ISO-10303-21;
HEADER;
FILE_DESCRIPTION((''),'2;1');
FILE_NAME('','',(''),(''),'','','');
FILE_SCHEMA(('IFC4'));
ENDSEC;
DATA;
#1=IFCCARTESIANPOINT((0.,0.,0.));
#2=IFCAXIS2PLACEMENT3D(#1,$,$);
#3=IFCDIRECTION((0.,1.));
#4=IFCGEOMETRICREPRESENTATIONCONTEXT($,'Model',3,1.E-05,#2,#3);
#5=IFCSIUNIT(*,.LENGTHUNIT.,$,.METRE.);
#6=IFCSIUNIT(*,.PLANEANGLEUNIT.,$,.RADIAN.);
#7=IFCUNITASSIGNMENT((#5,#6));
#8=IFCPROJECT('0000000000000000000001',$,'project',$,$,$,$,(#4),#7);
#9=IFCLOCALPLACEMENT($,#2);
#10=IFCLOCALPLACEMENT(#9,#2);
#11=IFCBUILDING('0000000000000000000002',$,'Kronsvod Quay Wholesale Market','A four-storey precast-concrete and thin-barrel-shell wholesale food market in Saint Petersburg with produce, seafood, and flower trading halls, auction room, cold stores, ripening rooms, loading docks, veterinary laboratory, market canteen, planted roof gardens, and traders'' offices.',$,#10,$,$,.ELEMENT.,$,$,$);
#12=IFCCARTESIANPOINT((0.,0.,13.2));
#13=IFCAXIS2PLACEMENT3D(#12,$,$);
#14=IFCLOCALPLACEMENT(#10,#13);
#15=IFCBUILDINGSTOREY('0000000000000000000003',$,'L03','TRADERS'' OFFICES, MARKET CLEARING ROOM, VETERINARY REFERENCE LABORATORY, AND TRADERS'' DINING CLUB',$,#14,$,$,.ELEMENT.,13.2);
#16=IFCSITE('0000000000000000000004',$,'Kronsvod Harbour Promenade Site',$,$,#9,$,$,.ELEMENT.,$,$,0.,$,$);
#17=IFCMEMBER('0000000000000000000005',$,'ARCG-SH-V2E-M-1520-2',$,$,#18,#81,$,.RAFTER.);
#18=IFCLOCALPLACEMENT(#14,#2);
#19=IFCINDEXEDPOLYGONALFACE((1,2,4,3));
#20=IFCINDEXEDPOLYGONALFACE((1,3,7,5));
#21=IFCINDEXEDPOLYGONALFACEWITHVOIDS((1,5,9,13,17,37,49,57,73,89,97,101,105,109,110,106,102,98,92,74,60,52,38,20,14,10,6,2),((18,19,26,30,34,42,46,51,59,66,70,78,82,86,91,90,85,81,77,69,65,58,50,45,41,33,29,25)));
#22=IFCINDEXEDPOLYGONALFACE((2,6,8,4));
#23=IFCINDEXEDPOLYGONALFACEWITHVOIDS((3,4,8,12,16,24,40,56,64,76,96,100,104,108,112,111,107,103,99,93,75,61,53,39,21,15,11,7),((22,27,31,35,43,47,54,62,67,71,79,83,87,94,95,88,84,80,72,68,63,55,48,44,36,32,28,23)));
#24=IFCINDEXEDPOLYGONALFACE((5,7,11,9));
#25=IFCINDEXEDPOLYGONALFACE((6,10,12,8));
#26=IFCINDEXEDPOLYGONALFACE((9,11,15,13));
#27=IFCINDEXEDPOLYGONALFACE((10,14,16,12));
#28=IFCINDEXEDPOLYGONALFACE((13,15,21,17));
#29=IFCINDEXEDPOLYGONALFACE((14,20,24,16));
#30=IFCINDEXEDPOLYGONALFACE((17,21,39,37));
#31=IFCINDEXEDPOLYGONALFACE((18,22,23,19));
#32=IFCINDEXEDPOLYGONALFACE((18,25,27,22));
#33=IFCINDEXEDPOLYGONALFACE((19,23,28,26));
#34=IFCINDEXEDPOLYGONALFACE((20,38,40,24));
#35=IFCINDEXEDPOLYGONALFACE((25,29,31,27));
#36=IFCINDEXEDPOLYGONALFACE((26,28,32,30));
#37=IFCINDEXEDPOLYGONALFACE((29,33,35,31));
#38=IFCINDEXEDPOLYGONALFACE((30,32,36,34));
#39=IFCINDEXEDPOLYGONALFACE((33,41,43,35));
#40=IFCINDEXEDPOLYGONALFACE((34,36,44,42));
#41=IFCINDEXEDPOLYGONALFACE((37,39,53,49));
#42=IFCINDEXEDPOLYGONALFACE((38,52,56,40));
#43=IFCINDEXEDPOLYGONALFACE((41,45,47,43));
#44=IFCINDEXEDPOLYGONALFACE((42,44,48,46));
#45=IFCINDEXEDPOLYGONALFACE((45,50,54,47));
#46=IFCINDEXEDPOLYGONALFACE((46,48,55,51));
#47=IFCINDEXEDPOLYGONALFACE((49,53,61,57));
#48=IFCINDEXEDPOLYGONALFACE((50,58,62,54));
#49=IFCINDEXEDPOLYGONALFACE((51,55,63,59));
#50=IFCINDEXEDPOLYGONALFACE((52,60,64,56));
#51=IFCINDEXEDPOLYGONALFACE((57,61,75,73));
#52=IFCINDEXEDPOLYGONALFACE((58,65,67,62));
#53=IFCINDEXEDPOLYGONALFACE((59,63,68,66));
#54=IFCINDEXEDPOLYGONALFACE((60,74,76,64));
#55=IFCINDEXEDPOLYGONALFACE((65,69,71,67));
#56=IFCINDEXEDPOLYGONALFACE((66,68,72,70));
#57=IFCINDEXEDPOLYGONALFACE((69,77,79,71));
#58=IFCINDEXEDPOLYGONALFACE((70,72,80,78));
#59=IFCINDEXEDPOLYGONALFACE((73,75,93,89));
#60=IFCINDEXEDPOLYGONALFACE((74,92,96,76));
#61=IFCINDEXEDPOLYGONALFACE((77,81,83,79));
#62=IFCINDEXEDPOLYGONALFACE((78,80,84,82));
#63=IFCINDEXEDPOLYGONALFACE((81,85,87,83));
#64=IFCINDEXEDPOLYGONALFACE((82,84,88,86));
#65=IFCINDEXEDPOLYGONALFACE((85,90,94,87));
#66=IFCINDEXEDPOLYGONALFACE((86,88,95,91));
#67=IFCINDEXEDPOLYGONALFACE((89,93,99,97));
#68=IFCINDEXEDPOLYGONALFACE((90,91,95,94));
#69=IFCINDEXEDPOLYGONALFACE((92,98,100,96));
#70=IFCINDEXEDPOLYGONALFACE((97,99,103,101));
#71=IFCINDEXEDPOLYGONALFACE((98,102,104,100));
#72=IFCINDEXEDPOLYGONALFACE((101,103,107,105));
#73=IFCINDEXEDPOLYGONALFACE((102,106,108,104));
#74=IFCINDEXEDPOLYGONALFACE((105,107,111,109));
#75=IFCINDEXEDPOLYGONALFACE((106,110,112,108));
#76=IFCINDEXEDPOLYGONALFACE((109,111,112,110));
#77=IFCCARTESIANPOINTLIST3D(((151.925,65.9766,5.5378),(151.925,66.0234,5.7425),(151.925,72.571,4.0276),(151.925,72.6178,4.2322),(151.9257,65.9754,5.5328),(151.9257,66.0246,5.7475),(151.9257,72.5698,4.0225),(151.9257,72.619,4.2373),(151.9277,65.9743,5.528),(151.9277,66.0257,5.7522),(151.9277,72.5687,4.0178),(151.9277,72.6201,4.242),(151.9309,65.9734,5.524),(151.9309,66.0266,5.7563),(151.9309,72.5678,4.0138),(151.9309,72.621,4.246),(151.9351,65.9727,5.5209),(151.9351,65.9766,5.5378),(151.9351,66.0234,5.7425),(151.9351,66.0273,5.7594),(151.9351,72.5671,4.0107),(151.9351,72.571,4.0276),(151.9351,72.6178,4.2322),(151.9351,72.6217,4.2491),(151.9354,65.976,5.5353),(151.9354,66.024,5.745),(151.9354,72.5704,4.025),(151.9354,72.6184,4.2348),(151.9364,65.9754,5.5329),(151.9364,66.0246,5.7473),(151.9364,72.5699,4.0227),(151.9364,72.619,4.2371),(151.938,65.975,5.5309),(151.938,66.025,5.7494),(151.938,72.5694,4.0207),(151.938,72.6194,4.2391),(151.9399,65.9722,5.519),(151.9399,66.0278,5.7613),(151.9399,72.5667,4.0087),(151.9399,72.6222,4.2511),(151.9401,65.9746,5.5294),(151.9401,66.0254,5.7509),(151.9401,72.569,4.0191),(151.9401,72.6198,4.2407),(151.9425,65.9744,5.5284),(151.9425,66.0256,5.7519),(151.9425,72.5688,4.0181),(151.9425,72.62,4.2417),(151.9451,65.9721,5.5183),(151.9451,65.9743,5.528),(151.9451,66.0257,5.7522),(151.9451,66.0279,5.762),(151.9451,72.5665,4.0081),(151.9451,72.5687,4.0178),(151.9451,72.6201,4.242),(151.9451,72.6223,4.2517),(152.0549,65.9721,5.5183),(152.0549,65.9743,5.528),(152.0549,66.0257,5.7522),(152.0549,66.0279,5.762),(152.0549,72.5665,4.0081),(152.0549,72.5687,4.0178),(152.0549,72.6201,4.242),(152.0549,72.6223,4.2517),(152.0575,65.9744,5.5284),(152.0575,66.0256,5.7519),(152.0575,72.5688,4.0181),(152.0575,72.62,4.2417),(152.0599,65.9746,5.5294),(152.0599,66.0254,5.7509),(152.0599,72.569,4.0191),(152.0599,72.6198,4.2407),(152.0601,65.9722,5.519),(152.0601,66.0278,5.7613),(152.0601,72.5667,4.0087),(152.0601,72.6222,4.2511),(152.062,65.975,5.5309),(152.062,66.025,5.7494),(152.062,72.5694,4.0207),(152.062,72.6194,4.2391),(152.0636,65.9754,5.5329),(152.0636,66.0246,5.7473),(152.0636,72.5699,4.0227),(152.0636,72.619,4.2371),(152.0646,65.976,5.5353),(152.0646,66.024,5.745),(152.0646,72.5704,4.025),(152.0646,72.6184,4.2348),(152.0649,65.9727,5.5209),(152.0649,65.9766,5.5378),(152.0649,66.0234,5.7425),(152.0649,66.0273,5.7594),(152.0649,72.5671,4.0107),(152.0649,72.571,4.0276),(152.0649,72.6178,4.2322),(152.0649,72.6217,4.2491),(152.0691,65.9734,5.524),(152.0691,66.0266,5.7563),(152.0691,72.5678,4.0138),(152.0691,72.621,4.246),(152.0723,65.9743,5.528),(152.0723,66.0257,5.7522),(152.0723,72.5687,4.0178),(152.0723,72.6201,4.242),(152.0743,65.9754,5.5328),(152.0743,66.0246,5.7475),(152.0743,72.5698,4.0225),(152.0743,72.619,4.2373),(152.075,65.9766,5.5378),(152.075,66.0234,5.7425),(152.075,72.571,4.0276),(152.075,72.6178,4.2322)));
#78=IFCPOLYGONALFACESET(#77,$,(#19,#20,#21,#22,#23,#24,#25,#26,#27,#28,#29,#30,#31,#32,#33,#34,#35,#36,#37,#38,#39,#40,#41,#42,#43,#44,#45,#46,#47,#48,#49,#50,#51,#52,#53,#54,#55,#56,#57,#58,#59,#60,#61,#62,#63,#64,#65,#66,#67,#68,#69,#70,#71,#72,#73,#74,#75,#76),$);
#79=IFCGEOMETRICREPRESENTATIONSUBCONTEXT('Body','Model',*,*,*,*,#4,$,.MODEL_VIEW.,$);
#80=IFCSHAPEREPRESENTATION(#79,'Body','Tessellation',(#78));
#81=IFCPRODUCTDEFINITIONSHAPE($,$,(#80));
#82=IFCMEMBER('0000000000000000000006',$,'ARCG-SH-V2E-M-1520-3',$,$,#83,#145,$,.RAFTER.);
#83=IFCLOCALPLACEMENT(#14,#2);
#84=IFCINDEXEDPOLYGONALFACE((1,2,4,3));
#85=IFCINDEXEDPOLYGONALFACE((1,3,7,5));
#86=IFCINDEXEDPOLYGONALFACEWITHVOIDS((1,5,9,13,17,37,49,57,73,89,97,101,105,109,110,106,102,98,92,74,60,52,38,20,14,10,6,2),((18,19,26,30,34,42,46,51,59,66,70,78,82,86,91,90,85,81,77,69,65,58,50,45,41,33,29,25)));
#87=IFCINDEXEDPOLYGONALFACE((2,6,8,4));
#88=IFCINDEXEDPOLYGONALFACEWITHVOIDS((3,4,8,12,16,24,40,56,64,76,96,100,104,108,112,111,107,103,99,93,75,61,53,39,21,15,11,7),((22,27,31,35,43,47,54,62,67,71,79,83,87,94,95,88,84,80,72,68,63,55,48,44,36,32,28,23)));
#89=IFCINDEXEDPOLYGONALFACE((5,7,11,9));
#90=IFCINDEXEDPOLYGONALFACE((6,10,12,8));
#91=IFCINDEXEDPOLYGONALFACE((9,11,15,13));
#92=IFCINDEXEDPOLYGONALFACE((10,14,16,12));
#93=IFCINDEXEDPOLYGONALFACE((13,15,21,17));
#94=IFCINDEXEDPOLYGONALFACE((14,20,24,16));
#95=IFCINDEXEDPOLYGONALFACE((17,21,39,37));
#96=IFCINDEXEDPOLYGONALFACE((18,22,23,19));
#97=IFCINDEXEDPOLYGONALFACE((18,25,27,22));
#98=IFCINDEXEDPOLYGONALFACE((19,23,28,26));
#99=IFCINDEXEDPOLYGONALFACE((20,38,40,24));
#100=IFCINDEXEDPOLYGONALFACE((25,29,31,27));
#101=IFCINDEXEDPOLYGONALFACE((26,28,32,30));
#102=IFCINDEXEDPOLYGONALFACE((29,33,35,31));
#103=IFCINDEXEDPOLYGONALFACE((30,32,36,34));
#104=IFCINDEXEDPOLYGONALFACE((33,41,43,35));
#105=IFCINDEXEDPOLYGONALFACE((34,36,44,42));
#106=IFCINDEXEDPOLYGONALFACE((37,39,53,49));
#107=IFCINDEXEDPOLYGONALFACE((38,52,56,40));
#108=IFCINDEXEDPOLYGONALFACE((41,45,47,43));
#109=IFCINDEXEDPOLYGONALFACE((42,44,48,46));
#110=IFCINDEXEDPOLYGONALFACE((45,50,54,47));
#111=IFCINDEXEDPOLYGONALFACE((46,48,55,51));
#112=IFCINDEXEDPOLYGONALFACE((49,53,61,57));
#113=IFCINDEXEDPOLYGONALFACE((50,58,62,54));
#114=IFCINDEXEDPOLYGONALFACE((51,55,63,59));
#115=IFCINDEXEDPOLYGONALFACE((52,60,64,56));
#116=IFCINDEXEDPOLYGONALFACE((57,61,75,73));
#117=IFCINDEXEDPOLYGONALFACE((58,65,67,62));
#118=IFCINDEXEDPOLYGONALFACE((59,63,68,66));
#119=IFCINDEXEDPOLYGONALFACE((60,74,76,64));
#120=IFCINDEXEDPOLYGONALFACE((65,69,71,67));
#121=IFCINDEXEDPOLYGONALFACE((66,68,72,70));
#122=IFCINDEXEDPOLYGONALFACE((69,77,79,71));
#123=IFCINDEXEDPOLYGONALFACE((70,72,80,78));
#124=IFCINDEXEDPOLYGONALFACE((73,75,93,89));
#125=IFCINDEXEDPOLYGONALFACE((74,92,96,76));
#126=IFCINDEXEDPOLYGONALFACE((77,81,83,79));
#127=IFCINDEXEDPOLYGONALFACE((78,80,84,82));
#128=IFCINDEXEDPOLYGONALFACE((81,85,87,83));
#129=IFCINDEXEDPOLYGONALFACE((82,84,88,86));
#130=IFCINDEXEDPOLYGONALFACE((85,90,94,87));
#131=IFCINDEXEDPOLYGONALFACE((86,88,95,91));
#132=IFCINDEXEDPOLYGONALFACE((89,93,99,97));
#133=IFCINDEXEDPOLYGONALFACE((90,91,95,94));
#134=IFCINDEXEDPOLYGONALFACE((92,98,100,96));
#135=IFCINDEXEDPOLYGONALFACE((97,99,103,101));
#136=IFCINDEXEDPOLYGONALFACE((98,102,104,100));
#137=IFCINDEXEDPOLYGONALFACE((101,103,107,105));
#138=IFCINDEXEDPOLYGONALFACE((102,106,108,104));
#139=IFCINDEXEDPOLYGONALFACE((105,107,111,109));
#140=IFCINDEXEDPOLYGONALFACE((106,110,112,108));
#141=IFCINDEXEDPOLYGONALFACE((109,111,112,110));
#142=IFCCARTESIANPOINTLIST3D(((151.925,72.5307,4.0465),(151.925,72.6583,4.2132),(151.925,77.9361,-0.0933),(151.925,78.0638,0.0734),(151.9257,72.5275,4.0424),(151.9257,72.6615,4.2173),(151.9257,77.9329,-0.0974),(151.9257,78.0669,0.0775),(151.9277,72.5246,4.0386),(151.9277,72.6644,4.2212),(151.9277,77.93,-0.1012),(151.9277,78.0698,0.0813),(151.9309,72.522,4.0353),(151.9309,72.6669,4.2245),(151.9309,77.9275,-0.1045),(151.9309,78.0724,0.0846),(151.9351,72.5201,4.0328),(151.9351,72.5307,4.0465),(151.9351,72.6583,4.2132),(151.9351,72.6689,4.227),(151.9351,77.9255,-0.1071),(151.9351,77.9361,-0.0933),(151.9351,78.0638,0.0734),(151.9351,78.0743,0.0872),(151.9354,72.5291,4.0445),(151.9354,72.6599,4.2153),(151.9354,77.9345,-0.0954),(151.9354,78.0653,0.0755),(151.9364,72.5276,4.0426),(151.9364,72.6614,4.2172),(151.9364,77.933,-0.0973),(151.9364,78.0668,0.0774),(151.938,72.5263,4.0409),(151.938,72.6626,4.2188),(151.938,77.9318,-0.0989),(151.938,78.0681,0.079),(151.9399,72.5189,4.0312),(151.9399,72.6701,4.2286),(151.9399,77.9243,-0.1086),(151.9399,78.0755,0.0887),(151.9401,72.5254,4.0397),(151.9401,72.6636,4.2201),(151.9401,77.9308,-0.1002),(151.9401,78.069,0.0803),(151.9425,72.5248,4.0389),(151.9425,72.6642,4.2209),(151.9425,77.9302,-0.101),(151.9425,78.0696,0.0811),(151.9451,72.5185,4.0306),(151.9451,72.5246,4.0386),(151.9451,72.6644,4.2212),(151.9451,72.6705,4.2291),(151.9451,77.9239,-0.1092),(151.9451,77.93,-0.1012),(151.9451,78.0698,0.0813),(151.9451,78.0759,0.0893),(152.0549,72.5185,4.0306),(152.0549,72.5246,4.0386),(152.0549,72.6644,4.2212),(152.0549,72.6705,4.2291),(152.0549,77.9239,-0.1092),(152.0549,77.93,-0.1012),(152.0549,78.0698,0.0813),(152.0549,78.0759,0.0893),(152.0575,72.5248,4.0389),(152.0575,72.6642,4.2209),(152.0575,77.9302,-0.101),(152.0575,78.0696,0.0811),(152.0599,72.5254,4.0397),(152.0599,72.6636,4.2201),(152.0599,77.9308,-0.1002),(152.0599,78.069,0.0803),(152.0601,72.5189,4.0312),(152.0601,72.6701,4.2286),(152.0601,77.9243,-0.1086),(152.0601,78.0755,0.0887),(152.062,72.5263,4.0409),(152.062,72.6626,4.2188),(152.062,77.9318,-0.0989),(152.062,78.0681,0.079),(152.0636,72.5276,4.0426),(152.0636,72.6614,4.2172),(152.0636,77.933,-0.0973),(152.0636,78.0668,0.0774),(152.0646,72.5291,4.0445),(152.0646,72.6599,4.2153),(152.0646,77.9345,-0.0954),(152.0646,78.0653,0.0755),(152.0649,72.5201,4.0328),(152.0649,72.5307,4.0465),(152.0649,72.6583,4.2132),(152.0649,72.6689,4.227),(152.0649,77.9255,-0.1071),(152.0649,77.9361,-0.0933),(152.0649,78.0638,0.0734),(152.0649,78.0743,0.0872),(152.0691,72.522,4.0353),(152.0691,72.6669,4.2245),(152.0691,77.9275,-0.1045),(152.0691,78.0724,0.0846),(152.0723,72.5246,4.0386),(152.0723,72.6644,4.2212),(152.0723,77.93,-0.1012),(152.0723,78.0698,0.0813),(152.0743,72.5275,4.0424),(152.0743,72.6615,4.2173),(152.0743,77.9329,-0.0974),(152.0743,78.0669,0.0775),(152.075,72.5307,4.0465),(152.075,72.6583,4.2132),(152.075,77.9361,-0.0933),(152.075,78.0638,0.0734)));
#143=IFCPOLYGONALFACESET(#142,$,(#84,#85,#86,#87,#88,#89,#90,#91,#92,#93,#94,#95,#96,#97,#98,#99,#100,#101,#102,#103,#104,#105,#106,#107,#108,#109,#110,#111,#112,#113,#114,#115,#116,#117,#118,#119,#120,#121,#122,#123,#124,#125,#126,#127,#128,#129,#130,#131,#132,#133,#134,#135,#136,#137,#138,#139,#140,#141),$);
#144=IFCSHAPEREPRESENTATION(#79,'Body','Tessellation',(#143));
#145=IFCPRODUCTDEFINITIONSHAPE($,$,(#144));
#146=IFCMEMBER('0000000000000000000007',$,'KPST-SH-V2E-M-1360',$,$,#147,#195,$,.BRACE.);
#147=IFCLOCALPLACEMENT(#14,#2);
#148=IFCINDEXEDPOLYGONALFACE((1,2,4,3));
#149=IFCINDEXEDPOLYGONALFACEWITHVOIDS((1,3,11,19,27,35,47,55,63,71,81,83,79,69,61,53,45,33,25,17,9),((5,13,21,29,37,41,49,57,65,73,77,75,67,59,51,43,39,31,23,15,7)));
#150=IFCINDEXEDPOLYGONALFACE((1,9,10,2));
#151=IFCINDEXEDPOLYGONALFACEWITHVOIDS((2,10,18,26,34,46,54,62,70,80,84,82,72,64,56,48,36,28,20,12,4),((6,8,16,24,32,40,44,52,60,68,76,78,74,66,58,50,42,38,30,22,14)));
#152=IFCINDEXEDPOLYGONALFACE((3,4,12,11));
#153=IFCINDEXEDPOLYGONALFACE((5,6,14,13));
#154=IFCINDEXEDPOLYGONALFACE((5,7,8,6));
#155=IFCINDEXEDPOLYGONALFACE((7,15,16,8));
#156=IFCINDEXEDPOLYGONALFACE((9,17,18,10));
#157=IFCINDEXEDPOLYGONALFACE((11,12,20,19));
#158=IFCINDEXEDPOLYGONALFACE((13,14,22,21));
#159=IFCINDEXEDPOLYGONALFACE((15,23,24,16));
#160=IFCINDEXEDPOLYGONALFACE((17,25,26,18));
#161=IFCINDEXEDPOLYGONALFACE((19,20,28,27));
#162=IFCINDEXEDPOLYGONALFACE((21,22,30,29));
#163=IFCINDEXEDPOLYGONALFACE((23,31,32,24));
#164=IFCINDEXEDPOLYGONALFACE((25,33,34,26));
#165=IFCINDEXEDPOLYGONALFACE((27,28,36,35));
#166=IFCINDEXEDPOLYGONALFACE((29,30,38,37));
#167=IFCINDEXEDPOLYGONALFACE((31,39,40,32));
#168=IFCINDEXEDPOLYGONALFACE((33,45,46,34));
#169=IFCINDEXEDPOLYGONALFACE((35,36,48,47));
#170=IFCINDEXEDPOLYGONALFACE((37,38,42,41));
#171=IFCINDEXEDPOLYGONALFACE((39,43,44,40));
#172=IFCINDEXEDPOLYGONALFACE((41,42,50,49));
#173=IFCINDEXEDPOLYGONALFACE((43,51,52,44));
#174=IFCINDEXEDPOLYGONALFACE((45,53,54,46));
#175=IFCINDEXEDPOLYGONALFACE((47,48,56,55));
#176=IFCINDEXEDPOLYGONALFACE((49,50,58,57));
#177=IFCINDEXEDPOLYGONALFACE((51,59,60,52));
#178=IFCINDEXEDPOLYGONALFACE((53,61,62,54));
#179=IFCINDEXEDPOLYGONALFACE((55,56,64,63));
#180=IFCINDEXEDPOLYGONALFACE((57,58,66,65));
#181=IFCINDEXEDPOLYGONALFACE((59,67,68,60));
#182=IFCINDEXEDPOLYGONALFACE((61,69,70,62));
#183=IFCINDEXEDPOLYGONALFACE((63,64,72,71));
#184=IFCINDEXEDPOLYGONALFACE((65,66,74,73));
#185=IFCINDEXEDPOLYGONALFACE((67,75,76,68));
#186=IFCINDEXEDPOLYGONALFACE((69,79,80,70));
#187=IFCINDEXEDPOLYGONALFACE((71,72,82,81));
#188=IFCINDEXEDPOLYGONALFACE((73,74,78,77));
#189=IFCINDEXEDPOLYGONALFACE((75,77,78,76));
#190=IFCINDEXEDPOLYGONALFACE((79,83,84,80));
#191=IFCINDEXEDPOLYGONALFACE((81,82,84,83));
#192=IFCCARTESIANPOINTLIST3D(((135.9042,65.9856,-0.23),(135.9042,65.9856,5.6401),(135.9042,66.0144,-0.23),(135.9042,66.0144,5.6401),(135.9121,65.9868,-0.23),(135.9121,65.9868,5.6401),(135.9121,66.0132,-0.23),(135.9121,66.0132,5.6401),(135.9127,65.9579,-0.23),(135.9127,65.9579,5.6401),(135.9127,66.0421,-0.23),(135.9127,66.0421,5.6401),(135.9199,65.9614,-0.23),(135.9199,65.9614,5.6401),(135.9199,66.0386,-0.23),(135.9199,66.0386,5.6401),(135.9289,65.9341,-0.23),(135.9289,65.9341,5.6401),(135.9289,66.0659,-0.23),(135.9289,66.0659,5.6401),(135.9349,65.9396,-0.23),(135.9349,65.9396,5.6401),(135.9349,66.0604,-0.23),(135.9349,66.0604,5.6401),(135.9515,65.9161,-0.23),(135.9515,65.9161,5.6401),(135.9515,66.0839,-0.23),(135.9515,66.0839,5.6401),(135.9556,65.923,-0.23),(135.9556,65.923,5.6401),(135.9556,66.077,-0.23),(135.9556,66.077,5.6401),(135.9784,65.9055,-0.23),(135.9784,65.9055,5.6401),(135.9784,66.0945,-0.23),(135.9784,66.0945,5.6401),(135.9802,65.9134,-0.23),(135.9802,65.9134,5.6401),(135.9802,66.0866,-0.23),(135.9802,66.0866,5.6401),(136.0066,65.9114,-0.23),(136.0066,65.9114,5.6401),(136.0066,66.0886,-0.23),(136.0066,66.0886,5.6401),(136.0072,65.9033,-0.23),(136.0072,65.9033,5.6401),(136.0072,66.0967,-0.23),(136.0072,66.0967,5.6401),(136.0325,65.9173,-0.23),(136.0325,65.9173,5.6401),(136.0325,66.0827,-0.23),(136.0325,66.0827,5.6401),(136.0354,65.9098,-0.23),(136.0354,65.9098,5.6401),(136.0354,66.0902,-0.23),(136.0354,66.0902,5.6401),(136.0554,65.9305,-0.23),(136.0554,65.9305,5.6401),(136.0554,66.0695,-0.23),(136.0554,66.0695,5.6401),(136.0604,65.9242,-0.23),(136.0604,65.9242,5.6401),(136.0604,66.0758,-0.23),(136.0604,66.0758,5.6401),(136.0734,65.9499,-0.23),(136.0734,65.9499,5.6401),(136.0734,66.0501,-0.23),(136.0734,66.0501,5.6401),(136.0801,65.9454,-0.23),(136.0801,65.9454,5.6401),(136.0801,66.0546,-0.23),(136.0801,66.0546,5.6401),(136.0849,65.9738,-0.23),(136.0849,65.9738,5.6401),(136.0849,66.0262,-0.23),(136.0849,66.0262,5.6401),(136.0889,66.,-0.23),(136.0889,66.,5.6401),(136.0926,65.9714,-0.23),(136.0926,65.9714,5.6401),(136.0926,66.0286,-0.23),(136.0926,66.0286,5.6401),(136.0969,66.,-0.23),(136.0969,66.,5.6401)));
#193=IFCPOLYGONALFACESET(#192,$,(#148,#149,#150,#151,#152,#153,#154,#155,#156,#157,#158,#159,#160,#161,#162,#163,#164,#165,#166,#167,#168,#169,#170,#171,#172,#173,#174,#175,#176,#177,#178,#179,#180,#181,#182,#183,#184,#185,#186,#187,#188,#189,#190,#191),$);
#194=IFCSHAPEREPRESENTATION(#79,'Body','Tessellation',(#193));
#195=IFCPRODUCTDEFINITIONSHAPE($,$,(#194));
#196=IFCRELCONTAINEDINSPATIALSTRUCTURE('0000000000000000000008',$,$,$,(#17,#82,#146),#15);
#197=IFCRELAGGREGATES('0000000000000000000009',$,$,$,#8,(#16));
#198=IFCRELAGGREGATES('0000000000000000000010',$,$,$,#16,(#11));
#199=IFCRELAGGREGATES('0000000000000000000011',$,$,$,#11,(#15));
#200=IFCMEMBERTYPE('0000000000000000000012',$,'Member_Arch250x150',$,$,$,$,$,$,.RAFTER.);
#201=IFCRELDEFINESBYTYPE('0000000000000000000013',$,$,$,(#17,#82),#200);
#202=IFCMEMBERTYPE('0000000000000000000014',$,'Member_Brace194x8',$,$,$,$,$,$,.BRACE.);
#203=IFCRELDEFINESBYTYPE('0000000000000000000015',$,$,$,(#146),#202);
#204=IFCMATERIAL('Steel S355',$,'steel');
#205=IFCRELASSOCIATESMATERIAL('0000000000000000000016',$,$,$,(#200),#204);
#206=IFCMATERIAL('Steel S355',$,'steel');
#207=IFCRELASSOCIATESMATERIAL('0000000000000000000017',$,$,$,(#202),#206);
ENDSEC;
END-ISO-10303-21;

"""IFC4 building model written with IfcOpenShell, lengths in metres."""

from ifc_helpers import new_model, si_unit, direction, frame, origin, origin_2d, place, context, subcontext, project, spatial, hollow_rectangle, hollow_circle, extrude, material, material_profile, profile_set, type_object, element, save


model = new_model("IFC4")

# Units and contexts
model_context = context("Model", 3, precision=1e-05, world=origin(), true_north=direction((0.0, 1.0)))
body_context = subcontext(model_context, "Body", "Model", "MODEL_VIEW")
ifc_project = project(units=[si_unit("LENGTHUNIT", "METRE"), si_unit("PLANEANGLEUNIT", "RADIAN")], contexts=[model_context])

# Site, building, storey
site_placement = place(None, origin())
site = spatial("IfcSite", under=ifc_project, at=site_placement, Name="Kronsvod Harbour Promenade Site", CompositionType="ELEMENT", RefElevation=0.0)
building_placement = place(site_placement, origin())
building = spatial("IfcBuilding", under=site, at=building_placement, Name="Kronsvod Quay Wholesale Market", Description="A four-storey precast-concrete and thin-barrel-shell wholesale food market in Saint Petersburg with produce, seafood, and flower trading halls, auction room, cold stores, ripening rooms, loading docks, veterinary laboratory, market canteen, planted roof gardens, and traders' offices.", CompositionType="ELEMENT")
storey_placement = place(building_placement, frame((0.0, 0.0, 13.2)))
storey = spatial("IfcBuildingStorey", under=building, at=storey_placement, Name="L03", Description="TRADERS' OFFICES, MARKET CLEARING ROOM, VETERINARY REFERENCE LABORATORY, AND TRADERS' DINING CLUB", CompositionType="ELEMENT", Elevation=13.2)

# Members
ifc_material_1 = material(Name="Steel S355", Category="steel")
ifc_material_profile_1 = material_profile(ifc_material_1, hollow_rectangle(XDim=0.1499, YDim=0.25, WallThickness=0.01, InnerFilletRadius=0.01, OuterFilletRadius=0.02, at=origin_2d()), Name="RHS250x150x10")
ifc_profile_set_1 = profile_set([ifc_material_profile_1], Name="Steel S355")
member_type_1 = type_object("IfcMemberType", Name="Member_Arch250x150", PredefinedType="RAFTER", material=ifc_profile_set_1)
member_1_placement = place(storey_placement, frame((152.0, 66.0, 5.6401), z_axis=(0.0, 0.974764, -0.223238), x_axis=(-1.0, 0.0, 0.0)))
element("IfcMember", 1, at=member_1_placement, inside=storey, type_object=member_type_1, Name="ARCG-SH-V2E-M-1520-2", PredefinedType="RAFTER", context=body_context, shape_type="SweptSolid", body=[
    extrude(hollow_rectangle(XDim=0.1499, YDim=0.25, WallThickness=0.01, InnerFilletRadius=0.01, OuterFilletRadius=0.02, at=origin_2d()), origin(), (0.0, 0.0, 1.0), 6.7651),
])
member_2_placement = place(storey_placement, frame((152.0, 72.5945, 4.1299), z_axis=(0.0, 0.793914, -0.60803), x_axis=(-1.0, 0.0, 0.0)))
element("IfcMember", 2, at=member_2_placement, inside=storey, type_object=member_type_1, Name="ARCG-SH-V2E-M-1520-3", PredefinedType="RAFTER", context=body_context, shape_type="SweptSolid", body=[
    extrude(hollow_rectangle(XDim=0.1499, YDim=0.25, WallThickness=0.01, InnerFilletRadius=0.01, OuterFilletRadius=0.02, at=origin_2d()), origin(), (0.0, 0.0, 1.0), 6.8086),
])
ifc_material_2 = material(Name="Steel S355", Category="steel")
ifc_material_profile_2 = material_profile(ifc_material_2, hollow_circle(Radius=0.0969, WallThickness=0.0081, at=origin_2d()), Name="CHS194x8")
ifc_profile_set_2 = profile_set([ifc_material_profile_2], Name="Steel S355")
member_type_2 = type_object("IfcMemberType", Name="Member_Brace194x8", PredefinedType="BRACE", material=ifc_profile_set_2)
for number, where, z_axis, x_axis, name in (
    (3, (136.0, 66.0, -0.23), (0.0, 0.0, 1.0), (1.0, 0.0, 0.0), "KPST-SH-V2E-M-1360"),
):
    element("IfcMember", number, at=place(storey_placement, frame(where, z_axis=z_axis, x_axis=x_axis)), inside=storey, type_object=member_type_2, Name=name, PredefinedType="BRACE", context=body_context, shape_type="SweptSolid", body=[
        extrude(hollow_circle(Radius=0.0969, WallThickness=0.0081, at=origin_2d()), origin(), (0.0, 0.0, 1.0), 5.8701),
    ])

save(model, "model.ifc")
